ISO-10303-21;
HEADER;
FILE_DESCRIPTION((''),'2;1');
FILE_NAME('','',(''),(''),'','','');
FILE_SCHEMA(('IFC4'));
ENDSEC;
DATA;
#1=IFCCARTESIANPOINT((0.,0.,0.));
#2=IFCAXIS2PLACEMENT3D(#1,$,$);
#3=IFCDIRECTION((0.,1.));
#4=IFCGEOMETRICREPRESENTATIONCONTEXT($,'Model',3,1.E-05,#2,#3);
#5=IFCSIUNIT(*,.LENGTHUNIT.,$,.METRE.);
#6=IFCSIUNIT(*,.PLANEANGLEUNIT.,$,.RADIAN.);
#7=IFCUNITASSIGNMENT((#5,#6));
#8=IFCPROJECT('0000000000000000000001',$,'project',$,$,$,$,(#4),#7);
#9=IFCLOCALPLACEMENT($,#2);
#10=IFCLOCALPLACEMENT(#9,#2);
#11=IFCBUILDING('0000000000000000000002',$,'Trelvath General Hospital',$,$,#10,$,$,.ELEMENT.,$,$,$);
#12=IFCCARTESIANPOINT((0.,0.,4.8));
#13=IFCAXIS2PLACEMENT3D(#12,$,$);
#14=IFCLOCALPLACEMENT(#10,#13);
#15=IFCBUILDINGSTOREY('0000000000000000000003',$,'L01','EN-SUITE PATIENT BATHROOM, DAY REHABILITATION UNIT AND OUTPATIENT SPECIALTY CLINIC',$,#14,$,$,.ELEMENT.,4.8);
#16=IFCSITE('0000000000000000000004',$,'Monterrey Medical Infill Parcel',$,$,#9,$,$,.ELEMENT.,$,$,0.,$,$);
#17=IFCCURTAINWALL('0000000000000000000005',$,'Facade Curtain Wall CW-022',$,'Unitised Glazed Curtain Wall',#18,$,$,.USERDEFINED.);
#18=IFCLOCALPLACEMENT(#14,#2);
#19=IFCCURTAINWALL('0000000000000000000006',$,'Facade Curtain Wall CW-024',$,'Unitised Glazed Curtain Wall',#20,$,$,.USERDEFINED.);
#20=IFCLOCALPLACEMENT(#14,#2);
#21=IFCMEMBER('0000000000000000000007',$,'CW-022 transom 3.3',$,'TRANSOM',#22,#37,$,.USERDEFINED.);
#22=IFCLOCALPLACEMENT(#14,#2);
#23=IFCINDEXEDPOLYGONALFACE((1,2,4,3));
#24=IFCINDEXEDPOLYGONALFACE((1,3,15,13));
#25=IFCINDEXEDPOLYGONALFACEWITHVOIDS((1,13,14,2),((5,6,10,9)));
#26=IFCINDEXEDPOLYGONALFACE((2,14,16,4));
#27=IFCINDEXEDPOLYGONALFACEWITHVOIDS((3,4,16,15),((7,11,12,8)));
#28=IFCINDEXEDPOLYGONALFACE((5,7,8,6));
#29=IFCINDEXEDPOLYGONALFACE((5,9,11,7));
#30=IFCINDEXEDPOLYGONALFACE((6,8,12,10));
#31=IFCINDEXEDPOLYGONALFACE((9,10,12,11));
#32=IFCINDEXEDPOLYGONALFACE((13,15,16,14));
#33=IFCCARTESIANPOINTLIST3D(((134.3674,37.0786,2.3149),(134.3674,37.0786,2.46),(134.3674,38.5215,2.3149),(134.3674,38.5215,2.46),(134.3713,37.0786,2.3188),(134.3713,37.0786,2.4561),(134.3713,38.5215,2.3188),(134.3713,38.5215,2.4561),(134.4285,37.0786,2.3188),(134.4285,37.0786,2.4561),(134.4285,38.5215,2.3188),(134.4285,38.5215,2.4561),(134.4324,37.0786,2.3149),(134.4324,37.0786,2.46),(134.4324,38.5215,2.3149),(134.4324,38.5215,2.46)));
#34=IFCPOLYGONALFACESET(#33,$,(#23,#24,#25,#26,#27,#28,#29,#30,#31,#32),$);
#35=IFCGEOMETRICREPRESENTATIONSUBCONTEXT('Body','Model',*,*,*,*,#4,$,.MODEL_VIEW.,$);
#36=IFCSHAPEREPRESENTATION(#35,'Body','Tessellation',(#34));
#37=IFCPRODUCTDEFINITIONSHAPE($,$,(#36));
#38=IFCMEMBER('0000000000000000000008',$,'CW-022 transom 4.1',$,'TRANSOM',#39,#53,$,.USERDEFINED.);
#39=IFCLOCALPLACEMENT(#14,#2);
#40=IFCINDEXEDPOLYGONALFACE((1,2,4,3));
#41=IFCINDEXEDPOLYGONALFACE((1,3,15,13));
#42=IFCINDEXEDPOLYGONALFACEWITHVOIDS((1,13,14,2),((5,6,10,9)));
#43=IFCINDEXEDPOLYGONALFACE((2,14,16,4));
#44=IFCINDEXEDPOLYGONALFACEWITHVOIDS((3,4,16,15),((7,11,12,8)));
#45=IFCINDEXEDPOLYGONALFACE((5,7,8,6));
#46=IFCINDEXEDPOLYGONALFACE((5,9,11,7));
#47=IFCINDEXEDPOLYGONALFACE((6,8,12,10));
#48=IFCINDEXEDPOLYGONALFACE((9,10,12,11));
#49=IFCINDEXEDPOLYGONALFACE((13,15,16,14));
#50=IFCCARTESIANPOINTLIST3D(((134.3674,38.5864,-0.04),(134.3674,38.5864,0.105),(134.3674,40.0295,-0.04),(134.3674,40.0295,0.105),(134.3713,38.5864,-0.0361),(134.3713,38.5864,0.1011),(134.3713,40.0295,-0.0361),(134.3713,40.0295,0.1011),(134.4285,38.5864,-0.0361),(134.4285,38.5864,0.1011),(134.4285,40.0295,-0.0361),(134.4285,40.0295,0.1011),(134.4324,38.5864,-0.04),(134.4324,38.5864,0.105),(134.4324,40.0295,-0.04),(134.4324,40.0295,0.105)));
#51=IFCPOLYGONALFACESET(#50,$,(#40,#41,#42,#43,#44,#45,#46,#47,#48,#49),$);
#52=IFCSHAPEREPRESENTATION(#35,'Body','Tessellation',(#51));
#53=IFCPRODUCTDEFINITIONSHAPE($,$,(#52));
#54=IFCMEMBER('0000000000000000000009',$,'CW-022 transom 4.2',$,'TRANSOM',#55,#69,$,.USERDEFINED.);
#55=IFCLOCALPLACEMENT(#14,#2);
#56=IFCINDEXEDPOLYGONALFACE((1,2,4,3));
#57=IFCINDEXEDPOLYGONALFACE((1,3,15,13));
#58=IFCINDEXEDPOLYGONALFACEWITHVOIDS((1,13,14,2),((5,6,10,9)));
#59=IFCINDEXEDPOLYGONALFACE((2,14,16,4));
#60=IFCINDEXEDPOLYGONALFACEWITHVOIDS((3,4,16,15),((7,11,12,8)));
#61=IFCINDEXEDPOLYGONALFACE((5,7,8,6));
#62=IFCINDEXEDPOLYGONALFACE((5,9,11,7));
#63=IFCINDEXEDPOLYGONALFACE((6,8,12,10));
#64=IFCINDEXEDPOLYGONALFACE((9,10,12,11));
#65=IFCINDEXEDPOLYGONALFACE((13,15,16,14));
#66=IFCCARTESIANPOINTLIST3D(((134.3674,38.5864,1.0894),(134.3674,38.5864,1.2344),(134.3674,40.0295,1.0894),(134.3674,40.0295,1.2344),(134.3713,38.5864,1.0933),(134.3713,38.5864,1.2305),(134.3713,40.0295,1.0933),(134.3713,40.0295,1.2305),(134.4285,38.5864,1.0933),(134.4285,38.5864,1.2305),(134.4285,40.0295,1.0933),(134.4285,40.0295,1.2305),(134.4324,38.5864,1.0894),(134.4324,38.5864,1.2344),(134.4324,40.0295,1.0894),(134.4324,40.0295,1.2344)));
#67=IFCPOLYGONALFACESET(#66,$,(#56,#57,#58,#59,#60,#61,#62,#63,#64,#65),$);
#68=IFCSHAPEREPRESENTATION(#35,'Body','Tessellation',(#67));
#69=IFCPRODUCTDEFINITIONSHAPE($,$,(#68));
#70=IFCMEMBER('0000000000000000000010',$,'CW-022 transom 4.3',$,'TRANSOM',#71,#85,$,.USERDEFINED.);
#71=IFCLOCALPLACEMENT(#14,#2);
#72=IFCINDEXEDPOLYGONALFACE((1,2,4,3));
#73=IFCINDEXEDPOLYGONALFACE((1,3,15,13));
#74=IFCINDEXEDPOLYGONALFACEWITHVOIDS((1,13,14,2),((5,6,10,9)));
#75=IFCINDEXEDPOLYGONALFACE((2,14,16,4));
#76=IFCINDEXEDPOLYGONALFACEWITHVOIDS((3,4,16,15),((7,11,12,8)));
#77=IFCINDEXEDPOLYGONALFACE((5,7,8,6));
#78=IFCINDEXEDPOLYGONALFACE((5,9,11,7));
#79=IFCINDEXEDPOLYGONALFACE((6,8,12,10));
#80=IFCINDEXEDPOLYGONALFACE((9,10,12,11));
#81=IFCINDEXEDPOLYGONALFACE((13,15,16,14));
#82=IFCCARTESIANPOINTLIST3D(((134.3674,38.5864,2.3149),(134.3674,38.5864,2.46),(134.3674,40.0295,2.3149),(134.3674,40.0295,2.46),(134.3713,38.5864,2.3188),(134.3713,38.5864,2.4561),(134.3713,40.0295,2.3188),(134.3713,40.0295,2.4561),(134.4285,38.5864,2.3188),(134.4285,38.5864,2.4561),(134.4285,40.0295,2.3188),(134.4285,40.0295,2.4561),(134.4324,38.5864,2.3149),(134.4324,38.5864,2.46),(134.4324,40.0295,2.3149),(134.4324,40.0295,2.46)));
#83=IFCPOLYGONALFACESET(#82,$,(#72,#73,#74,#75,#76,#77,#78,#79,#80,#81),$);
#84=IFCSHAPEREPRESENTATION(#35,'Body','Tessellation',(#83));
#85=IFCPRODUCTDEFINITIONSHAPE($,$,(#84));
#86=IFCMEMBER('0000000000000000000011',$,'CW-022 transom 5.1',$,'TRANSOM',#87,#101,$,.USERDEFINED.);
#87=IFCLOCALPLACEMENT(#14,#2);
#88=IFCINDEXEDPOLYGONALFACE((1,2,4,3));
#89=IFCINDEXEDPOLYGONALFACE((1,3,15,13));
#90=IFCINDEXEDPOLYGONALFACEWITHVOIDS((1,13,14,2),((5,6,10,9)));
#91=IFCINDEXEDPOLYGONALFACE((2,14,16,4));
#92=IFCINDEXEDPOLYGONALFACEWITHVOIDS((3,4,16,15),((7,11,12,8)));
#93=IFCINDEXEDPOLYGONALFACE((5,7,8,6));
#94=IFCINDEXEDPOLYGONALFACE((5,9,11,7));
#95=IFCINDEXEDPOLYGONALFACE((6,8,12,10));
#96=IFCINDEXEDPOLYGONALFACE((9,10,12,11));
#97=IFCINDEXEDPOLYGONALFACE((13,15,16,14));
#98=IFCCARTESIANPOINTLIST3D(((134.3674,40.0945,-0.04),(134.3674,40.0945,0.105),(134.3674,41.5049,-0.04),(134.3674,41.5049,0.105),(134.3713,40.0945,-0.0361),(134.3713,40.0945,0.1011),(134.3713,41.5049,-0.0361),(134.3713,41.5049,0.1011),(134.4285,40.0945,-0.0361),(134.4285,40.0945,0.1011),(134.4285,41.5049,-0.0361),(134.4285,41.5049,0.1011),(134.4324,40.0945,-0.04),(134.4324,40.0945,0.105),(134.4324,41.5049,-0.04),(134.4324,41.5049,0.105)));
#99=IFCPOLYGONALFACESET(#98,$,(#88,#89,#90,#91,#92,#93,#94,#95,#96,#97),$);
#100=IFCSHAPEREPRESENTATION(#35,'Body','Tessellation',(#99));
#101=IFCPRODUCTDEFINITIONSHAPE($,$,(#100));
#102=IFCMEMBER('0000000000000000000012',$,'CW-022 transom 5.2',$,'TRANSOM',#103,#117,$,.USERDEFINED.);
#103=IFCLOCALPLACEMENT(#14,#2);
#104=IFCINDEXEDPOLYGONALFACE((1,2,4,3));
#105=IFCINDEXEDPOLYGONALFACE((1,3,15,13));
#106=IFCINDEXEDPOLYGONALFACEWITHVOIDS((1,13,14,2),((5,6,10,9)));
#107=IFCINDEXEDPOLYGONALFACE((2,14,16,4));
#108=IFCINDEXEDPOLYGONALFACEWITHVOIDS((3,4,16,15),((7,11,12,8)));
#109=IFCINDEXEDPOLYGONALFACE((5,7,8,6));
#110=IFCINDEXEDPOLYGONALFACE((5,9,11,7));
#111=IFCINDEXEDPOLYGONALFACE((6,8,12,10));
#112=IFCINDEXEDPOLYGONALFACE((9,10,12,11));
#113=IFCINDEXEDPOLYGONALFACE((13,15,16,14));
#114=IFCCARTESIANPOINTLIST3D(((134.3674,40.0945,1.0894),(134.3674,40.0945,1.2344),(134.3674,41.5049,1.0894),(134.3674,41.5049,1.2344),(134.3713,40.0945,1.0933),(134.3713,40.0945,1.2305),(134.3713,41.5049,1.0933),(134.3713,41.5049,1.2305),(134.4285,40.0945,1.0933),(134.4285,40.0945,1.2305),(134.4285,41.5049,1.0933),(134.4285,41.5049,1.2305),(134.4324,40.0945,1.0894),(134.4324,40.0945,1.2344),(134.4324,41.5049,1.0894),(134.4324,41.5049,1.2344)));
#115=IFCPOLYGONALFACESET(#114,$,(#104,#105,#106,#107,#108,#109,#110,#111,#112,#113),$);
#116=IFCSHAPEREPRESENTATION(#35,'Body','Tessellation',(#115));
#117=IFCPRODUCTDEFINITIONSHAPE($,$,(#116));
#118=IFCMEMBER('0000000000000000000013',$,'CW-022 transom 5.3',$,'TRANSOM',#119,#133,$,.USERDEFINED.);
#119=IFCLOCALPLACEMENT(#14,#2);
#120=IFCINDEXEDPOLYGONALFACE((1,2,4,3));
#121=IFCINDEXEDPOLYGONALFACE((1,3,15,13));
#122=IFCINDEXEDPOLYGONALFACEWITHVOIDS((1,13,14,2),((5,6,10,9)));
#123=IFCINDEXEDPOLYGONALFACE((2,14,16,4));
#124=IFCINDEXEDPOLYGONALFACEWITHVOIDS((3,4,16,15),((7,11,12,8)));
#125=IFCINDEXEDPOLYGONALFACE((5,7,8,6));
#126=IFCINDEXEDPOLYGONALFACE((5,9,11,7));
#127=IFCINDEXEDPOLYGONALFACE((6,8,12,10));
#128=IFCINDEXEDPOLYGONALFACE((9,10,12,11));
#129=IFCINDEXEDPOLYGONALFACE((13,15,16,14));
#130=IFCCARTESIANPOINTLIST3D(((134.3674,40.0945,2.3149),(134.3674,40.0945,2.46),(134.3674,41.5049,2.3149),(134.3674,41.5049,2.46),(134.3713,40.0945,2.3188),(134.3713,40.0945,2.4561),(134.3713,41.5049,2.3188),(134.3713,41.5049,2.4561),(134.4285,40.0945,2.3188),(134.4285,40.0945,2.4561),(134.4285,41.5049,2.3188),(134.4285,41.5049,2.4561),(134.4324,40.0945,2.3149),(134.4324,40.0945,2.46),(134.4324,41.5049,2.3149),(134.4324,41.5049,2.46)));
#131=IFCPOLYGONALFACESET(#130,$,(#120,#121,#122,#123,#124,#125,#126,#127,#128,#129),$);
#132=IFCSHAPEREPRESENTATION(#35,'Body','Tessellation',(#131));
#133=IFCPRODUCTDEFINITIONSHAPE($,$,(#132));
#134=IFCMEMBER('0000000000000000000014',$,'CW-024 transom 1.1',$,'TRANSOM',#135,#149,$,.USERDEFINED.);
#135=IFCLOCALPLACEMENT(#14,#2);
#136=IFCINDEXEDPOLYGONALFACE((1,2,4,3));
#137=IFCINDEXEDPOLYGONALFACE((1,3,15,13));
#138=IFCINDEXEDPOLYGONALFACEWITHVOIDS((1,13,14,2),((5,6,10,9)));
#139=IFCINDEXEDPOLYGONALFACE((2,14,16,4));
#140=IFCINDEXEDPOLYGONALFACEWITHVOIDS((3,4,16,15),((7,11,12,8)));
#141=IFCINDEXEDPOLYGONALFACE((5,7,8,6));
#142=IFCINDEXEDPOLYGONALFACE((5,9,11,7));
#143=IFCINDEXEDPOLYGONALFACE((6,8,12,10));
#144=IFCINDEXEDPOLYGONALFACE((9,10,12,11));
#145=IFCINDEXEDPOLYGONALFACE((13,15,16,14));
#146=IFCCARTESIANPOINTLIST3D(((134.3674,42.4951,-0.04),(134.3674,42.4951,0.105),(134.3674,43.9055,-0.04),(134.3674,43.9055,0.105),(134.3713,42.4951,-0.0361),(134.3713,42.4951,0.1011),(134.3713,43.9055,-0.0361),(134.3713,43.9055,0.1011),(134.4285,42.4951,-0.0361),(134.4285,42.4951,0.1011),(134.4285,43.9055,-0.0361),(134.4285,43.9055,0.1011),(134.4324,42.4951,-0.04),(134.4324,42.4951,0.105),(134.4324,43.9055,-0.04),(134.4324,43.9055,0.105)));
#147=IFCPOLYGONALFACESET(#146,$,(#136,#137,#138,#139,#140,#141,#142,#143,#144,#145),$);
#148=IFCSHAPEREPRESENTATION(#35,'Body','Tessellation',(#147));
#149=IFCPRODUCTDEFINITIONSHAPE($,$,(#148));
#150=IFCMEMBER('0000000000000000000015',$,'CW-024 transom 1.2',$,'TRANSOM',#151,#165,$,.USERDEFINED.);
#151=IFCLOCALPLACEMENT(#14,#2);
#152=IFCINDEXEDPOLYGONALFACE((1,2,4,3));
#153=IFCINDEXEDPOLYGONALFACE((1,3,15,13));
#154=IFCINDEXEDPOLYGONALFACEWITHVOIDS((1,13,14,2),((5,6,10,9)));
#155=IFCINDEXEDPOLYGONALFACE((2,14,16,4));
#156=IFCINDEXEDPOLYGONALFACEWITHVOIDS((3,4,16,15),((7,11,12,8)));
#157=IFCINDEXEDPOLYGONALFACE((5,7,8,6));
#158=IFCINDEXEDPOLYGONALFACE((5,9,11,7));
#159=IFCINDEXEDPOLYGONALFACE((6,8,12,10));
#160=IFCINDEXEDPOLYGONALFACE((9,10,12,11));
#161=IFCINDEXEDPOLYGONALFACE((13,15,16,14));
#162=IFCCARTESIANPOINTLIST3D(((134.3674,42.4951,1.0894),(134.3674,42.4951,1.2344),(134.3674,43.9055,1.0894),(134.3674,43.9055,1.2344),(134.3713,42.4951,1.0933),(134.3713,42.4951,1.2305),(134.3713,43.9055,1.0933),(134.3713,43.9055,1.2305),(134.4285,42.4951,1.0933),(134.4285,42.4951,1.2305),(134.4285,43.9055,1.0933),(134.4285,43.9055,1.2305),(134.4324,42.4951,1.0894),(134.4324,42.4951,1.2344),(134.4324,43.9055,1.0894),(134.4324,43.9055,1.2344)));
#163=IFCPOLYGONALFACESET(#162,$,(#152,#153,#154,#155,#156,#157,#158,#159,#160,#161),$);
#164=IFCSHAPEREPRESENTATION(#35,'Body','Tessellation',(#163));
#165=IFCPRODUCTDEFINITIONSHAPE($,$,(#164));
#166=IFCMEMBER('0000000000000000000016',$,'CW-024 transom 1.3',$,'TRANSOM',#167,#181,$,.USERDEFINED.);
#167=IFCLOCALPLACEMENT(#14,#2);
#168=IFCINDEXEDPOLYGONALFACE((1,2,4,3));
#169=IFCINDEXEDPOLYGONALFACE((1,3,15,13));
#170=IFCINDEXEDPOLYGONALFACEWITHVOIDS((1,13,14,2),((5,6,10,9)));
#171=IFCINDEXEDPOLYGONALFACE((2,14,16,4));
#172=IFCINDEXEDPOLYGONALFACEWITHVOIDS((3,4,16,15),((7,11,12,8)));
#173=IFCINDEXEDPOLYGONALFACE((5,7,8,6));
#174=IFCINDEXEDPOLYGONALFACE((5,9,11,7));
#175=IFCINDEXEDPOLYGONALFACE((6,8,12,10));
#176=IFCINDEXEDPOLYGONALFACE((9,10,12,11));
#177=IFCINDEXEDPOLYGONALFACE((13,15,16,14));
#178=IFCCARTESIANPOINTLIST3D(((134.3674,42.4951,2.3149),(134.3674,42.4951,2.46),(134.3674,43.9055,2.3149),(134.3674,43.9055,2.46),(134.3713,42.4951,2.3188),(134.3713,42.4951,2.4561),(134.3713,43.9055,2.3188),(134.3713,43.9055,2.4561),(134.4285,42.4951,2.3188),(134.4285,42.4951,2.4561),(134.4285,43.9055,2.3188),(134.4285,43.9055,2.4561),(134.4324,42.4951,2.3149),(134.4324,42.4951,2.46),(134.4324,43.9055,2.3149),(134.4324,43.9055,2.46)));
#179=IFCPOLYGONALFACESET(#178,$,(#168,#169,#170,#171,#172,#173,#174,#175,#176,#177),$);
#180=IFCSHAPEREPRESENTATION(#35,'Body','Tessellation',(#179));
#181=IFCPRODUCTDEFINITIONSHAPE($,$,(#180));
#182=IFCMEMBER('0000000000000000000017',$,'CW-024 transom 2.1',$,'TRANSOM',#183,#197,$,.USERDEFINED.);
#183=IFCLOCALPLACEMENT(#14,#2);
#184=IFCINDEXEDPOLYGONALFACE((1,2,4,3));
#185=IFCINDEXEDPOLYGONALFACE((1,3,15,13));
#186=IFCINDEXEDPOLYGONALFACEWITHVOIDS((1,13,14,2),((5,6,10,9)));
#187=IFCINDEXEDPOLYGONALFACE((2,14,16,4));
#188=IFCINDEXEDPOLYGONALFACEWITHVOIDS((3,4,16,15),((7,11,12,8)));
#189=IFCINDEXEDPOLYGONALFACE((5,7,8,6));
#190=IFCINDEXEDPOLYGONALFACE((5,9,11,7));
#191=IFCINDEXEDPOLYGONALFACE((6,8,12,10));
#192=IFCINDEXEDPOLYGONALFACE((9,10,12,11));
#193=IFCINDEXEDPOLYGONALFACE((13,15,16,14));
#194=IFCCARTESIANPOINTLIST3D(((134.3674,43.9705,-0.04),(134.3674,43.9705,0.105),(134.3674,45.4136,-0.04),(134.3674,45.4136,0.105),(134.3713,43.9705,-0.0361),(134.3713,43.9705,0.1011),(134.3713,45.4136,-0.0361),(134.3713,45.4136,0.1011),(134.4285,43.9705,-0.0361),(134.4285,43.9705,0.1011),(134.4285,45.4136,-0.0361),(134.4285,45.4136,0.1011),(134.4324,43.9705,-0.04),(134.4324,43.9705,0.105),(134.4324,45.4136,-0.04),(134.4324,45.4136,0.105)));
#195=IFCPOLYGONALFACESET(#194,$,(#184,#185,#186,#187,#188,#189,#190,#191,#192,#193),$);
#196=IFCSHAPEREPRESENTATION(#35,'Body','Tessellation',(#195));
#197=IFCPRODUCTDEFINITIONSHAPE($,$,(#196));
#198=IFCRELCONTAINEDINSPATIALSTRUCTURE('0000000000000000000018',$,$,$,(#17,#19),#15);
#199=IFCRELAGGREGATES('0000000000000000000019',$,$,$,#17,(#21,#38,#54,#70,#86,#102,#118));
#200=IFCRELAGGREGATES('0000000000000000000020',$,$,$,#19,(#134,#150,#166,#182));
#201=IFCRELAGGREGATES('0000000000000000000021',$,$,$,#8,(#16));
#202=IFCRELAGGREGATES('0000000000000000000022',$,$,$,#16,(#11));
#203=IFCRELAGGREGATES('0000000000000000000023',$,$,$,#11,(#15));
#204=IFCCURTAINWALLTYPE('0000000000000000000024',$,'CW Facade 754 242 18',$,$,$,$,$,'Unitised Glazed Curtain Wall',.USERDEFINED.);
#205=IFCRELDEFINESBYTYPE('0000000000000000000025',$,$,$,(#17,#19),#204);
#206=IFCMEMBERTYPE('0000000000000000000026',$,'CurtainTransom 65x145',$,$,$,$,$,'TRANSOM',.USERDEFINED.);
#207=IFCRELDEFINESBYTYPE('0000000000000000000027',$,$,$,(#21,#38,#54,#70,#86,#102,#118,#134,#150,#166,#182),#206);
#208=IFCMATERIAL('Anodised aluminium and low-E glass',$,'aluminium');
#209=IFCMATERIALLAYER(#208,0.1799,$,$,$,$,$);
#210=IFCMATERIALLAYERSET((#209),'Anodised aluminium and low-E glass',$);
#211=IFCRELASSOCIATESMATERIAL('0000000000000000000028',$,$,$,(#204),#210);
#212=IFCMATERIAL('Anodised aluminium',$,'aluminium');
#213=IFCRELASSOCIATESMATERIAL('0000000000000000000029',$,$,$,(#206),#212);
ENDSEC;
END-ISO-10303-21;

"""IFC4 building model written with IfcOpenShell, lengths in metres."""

from ifc_helpers import new_model, si_unit, direction, frame, origin, origin_2d, place, context, subcontext, project, spatial, hollow_rectangle, extrude, material, layer, layer_set, material_profile, profile_set, type_object, element, aggregate, save


model = new_model("IFC4")

# Units and contexts
model_context = context("Model", 3, precision=1e-05, world=origin(), true_north=direction((0.0, 1.0)))
body_context = subcontext(model_context, "Body", "Model", "MODEL_VIEW")
ifc_project = project(units=[si_unit("LENGTHUNIT", "METRE"), si_unit("PLANEANGLEUNIT", "RADIAN")], contexts=[model_context])

# Site, building, storey
site_placement = place(None, origin())
site = spatial("IfcSite", under=ifc_project, at=site_placement, Name="Monterrey Medical Infill Parcel", CompositionType="ELEMENT", RefElevation=0.0)
building_placement = place(site_placement, origin())
building = spatial("IfcBuilding", under=site, at=building_placement, Name="Trelvath General Hospital", CompositionType="ELEMENT")
storey_placement = place(building_placement, frame((0.0, 0.0, 4.8)))
storey = spatial("IfcBuildingStorey", under=building, at=storey_placement, Name="L01", Description="EN-SUITE PATIENT BATHROOM, DAY REHABILITATION UNIT AND OUTPATIENT SPECIALTY CLINIC", CompositionType="ELEMENT", Elevation=4.8)

# Curtain walls
ifc_material_1 = material(Name="Anodised aluminium and low-E glass", Category="aluminium")
ifc_layer_1 = layer(ifc_material_1, 0.1799)
ifc_layer_set_1 = layer_set([ifc_layer_1], Name="Anodised aluminium and low-E glass")
curtain_wall_type = type_object("IfcCurtainWallType", Name="CW Facade 754 242 18", ElementType="Unitised Glazed Curtain Wall", PredefinedType="USERDEFINED", material=ifc_layer_set_1)
curtain_wall_1_placement = place(storey_placement, origin())
curtain_wall_1 = element("IfcCurtainWall", 1, at=curtain_wall_1_placement, inside=storey, type_object=curtain_wall_type, Name="Facade Curtain Wall CW-022", ObjectType="Unitised Glazed Curtain Wall", PredefinedType="USERDEFINED")
curtain_wall_2_placement = place(storey_placement, origin())
curtain_wall_2 = element("IfcCurtainWall", 2, at=curtain_wall_2_placement, inside=storey, type_object=curtain_wall_type, Name="Facade Curtain Wall CW-024", ObjectType="Unitised Glazed Curtain Wall", PredefinedType="USERDEFINED")

# Members
ifc_material_2 = material(Name="Anodised aluminium", Category="aluminium")
ifc_material_profile_1 = material_profile(ifc_material_2, hollow_rectangle(XDim=0.0649, YDim=0.145, WallThickness=0.0039, at=origin_2d()), Name="RHS65x145x4")
ifc_profile_set_1 = profile_set([ifc_material_profile_1], Name="Anodised aluminium")
member_type_1 = type_object("IfcMemberType", Name="CurtainTransom 65x145", ElementType="TRANSOM", PredefinedType="USERDEFINED", material=ifc_profile_set_1)
member_1_placement = place(storey_placement, frame((134.3999, 37.0786, 2.3875), z_axis=(0.0, 1.0, 0.0), x_axis=(-1.0, 0.0, 0.0)))
member_1 = element("IfcMember", 3, at=member_1_placement, type_object=member_type_1, Name="CW-022 transom 3.3", ObjectType="TRANSOM", PredefinedType="USERDEFINED", context=body_context, shape_type="SweptSolid", body=[
    extrude(hollow_rectangle(XDim=0.0649, YDim=0.145, WallThickness=0.0039, at=origin_2d()), origin(), (0.0, 0.0, 1.0), 1.4429),
])
member_2_placement = place(storey_placement, frame((134.3999, 38.5864, 0.0325), z_axis=(0.0, 1.0, 0.0), x_axis=(-1.0, 0.0, 0.0)))
member_2 = element("IfcMember", 4, at=member_2_placement, type_object=member_type_1, Name="CW-022 transom 4.1", ObjectType="TRANSOM", PredefinedType="USERDEFINED", context=body_context, shape_type="SweptSolid", body=[
    extrude(hollow_rectangle(XDim=0.0649, YDim=0.145, WallThickness=0.0039, at=origin_2d()), origin(), (0.0, 0.0, 1.0), 1.4431),
])
member_3_placement = place(storey_placement, frame((134.3999, 38.5864, 1.1619), z_axis=(0.0, 1.0, 0.0), x_axis=(-1.0, 0.0, 0.0)))
member_3 = element("IfcMember", 5, at=member_3_placement, type_object=member_type_1, Name="CW-022 transom 4.2", ObjectType="TRANSOM", PredefinedType="USERDEFINED", context=body_context, shape_type="SweptSolid", body=[
    extrude(hollow_rectangle(XDim=0.0649, YDim=0.145, WallThickness=0.0039, at=origin_2d()), origin(), (0.0, 0.0, 1.0), 1.4431),
])
member_4_placement = place(storey_placement, frame((134.3999, 38.5864, 2.3875), z_axis=(0.0, 1.0, 0.0), x_axis=(-1.0, 0.0, 0.0)))
member_4 = element("IfcMember", 6, at=member_4_placement, type_object=member_type_1, Name="CW-022 transom 4.3", ObjectType="TRANSOM", PredefinedType="USERDEFINED", context=body_context, shape_type="SweptSolid", body=[
    extrude(hollow_rectangle(XDim=0.0649, YDim=0.145, WallThickness=0.0039, at=origin_2d()), origin(), (0.0, 0.0, 1.0), 1.4431),
])
member_5_placement = place(storey_placement, frame((134.3999, 40.0945, 0.0325), z_axis=(0.0, 1.0, 0.0), x_axis=(-1.0, 0.0, 0.0)))
member_5 = element("IfcMember", 7, at=member_5_placement, type_object=member_type_1, Name="CW-022 transom 5.1", ObjectType="TRANSOM", PredefinedType="USERDEFINED", context=body_context, shape_type="SweptSolid", body=[
    extrude(hollow_rectangle(XDim=0.0649, YDim=0.145, WallThickness=0.0039, at=origin_2d()), origin(), (0.0, 0.0, 1.0), 1.4104),
])
member_6_placement = place(storey_placement, frame((134.3999, 40.0945, 1.1619), z_axis=(0.0, 1.0, 0.0), x_axis=(-1.0, 0.0, 0.0)))
member_6 = element("IfcMember", 8, at=member_6_placement, type_object=member_type_1, Name="CW-022 transom 5.2", ObjectType="TRANSOM", PredefinedType="USERDEFINED", context=body_context, shape_type="SweptSolid", body=[
    extrude(hollow_rectangle(XDim=0.0649, YDim=0.145, WallThickness=0.0039, at=origin_2d()), origin(), (0.0, 0.0, 1.0), 1.4104),
])
member_7_placement = place(storey_placement, frame((134.3999, 40.0945, 2.3875), z_axis=(0.0, 1.0, 0.0), x_axis=(-1.0, 0.0, 0.0)))
member_7 = element("IfcMember", 9, at=member_7_placement, type_object=member_type_1, Name="CW-022 transom 5.3", ObjectType="TRANSOM", PredefinedType="USERDEFINED", context=body_context, shape_type="SweptSolid", body=[
    extrude(hollow_rectangle(XDim=0.0649, YDim=0.145, WallThickness=0.0039, at=origin_2d()), origin(), (0.0, 0.0, 1.0), 1.4104),
])
member_8_placement = place(storey_placement, frame((134.3999, 42.4951, 0.0325), z_axis=(0.0, 1.0, 0.0), x_axis=(-1.0, 0.0, 0.0)))
member_8 = element("IfcMember", 10, at=member_8_placement, type_object=member_type_1, Name="CW-024 transom 1.1", ObjectType="TRANSOM", PredefinedType="USERDEFINED", context=body_context, shape_type="SweptSolid", body=[
    extrude(hollow_rectangle(XDim=0.0649, YDim=0.145, WallThickness=0.0039, at=origin_2d()), origin(), (0.0, 0.0, 1.0), 1.4104),
])
member_9_placement = place(storey_placement, frame((134.3999, 42.4951, 1.1619), z_axis=(0.0, 1.0, 0.0), x_axis=(-1.0, 0.0, 0.0)))
member_9 = element("IfcMember", 11, at=member_9_placement, type_object=member_type_1, Name="CW-024 transom 1.2", ObjectType="TRANSOM", PredefinedType="USERDEFINED", context=body_context, shape_type="SweptSolid", body=[
    extrude(hollow_rectangle(XDim=0.0649, YDim=0.145, WallThickness=0.0039, at=origin_2d()), origin(), (0.0, 0.0, 1.0), 1.4104),
])
member_10_placement = place(storey_placement, frame((134.3999, 42.4951, 2.3875), z_axis=(0.0, 1.0, 0.0), x_axis=(-1.0, 0.0, 0.0)))
member_10 = element("IfcMember", 12, at=member_10_placement, type_object=member_type_1, Name="CW-024 transom 1.3", ObjectType="TRANSOM", PredefinedType="USERDEFINED", context=body_context, shape_type="SweptSolid", body=[
    extrude(hollow_rectangle(XDim=0.0649, YDim=0.145, WallThickness=0.0039, at=origin_2d()), origin(), (0.0, 0.0, 1.0), 1.4104),
])
member_11_placement = place(storey_placement, frame((134.3999, 43.9705, 0.0325), z_axis=(0.0, 1.0, 0.0), x_axis=(-1.0, 0.0, 0.0)))
member_11 = element("IfcMember", 13, at=member_11_placement, type_object=member_type_1, Name="CW-024 transom 2.1", ObjectType="TRANSOM", PredefinedType="USERDEFINED", context=body_context, shape_type="SweptSolid", body=[
    extrude(hollow_rectangle(XDim=0.0649, YDim=0.145, WallThickness=0.0039, at=origin_2d()), origin(), (0.0, 0.0, 1.0), 1.4431),
])

aggregate(curtain_wall_1, [member_1, member_2, member_3, member_4, member_5, member_6, member_7])
aggregate(curtain_wall_2, [member_8, member_9, member_10, member_11])

save(model, "model.ifc")
